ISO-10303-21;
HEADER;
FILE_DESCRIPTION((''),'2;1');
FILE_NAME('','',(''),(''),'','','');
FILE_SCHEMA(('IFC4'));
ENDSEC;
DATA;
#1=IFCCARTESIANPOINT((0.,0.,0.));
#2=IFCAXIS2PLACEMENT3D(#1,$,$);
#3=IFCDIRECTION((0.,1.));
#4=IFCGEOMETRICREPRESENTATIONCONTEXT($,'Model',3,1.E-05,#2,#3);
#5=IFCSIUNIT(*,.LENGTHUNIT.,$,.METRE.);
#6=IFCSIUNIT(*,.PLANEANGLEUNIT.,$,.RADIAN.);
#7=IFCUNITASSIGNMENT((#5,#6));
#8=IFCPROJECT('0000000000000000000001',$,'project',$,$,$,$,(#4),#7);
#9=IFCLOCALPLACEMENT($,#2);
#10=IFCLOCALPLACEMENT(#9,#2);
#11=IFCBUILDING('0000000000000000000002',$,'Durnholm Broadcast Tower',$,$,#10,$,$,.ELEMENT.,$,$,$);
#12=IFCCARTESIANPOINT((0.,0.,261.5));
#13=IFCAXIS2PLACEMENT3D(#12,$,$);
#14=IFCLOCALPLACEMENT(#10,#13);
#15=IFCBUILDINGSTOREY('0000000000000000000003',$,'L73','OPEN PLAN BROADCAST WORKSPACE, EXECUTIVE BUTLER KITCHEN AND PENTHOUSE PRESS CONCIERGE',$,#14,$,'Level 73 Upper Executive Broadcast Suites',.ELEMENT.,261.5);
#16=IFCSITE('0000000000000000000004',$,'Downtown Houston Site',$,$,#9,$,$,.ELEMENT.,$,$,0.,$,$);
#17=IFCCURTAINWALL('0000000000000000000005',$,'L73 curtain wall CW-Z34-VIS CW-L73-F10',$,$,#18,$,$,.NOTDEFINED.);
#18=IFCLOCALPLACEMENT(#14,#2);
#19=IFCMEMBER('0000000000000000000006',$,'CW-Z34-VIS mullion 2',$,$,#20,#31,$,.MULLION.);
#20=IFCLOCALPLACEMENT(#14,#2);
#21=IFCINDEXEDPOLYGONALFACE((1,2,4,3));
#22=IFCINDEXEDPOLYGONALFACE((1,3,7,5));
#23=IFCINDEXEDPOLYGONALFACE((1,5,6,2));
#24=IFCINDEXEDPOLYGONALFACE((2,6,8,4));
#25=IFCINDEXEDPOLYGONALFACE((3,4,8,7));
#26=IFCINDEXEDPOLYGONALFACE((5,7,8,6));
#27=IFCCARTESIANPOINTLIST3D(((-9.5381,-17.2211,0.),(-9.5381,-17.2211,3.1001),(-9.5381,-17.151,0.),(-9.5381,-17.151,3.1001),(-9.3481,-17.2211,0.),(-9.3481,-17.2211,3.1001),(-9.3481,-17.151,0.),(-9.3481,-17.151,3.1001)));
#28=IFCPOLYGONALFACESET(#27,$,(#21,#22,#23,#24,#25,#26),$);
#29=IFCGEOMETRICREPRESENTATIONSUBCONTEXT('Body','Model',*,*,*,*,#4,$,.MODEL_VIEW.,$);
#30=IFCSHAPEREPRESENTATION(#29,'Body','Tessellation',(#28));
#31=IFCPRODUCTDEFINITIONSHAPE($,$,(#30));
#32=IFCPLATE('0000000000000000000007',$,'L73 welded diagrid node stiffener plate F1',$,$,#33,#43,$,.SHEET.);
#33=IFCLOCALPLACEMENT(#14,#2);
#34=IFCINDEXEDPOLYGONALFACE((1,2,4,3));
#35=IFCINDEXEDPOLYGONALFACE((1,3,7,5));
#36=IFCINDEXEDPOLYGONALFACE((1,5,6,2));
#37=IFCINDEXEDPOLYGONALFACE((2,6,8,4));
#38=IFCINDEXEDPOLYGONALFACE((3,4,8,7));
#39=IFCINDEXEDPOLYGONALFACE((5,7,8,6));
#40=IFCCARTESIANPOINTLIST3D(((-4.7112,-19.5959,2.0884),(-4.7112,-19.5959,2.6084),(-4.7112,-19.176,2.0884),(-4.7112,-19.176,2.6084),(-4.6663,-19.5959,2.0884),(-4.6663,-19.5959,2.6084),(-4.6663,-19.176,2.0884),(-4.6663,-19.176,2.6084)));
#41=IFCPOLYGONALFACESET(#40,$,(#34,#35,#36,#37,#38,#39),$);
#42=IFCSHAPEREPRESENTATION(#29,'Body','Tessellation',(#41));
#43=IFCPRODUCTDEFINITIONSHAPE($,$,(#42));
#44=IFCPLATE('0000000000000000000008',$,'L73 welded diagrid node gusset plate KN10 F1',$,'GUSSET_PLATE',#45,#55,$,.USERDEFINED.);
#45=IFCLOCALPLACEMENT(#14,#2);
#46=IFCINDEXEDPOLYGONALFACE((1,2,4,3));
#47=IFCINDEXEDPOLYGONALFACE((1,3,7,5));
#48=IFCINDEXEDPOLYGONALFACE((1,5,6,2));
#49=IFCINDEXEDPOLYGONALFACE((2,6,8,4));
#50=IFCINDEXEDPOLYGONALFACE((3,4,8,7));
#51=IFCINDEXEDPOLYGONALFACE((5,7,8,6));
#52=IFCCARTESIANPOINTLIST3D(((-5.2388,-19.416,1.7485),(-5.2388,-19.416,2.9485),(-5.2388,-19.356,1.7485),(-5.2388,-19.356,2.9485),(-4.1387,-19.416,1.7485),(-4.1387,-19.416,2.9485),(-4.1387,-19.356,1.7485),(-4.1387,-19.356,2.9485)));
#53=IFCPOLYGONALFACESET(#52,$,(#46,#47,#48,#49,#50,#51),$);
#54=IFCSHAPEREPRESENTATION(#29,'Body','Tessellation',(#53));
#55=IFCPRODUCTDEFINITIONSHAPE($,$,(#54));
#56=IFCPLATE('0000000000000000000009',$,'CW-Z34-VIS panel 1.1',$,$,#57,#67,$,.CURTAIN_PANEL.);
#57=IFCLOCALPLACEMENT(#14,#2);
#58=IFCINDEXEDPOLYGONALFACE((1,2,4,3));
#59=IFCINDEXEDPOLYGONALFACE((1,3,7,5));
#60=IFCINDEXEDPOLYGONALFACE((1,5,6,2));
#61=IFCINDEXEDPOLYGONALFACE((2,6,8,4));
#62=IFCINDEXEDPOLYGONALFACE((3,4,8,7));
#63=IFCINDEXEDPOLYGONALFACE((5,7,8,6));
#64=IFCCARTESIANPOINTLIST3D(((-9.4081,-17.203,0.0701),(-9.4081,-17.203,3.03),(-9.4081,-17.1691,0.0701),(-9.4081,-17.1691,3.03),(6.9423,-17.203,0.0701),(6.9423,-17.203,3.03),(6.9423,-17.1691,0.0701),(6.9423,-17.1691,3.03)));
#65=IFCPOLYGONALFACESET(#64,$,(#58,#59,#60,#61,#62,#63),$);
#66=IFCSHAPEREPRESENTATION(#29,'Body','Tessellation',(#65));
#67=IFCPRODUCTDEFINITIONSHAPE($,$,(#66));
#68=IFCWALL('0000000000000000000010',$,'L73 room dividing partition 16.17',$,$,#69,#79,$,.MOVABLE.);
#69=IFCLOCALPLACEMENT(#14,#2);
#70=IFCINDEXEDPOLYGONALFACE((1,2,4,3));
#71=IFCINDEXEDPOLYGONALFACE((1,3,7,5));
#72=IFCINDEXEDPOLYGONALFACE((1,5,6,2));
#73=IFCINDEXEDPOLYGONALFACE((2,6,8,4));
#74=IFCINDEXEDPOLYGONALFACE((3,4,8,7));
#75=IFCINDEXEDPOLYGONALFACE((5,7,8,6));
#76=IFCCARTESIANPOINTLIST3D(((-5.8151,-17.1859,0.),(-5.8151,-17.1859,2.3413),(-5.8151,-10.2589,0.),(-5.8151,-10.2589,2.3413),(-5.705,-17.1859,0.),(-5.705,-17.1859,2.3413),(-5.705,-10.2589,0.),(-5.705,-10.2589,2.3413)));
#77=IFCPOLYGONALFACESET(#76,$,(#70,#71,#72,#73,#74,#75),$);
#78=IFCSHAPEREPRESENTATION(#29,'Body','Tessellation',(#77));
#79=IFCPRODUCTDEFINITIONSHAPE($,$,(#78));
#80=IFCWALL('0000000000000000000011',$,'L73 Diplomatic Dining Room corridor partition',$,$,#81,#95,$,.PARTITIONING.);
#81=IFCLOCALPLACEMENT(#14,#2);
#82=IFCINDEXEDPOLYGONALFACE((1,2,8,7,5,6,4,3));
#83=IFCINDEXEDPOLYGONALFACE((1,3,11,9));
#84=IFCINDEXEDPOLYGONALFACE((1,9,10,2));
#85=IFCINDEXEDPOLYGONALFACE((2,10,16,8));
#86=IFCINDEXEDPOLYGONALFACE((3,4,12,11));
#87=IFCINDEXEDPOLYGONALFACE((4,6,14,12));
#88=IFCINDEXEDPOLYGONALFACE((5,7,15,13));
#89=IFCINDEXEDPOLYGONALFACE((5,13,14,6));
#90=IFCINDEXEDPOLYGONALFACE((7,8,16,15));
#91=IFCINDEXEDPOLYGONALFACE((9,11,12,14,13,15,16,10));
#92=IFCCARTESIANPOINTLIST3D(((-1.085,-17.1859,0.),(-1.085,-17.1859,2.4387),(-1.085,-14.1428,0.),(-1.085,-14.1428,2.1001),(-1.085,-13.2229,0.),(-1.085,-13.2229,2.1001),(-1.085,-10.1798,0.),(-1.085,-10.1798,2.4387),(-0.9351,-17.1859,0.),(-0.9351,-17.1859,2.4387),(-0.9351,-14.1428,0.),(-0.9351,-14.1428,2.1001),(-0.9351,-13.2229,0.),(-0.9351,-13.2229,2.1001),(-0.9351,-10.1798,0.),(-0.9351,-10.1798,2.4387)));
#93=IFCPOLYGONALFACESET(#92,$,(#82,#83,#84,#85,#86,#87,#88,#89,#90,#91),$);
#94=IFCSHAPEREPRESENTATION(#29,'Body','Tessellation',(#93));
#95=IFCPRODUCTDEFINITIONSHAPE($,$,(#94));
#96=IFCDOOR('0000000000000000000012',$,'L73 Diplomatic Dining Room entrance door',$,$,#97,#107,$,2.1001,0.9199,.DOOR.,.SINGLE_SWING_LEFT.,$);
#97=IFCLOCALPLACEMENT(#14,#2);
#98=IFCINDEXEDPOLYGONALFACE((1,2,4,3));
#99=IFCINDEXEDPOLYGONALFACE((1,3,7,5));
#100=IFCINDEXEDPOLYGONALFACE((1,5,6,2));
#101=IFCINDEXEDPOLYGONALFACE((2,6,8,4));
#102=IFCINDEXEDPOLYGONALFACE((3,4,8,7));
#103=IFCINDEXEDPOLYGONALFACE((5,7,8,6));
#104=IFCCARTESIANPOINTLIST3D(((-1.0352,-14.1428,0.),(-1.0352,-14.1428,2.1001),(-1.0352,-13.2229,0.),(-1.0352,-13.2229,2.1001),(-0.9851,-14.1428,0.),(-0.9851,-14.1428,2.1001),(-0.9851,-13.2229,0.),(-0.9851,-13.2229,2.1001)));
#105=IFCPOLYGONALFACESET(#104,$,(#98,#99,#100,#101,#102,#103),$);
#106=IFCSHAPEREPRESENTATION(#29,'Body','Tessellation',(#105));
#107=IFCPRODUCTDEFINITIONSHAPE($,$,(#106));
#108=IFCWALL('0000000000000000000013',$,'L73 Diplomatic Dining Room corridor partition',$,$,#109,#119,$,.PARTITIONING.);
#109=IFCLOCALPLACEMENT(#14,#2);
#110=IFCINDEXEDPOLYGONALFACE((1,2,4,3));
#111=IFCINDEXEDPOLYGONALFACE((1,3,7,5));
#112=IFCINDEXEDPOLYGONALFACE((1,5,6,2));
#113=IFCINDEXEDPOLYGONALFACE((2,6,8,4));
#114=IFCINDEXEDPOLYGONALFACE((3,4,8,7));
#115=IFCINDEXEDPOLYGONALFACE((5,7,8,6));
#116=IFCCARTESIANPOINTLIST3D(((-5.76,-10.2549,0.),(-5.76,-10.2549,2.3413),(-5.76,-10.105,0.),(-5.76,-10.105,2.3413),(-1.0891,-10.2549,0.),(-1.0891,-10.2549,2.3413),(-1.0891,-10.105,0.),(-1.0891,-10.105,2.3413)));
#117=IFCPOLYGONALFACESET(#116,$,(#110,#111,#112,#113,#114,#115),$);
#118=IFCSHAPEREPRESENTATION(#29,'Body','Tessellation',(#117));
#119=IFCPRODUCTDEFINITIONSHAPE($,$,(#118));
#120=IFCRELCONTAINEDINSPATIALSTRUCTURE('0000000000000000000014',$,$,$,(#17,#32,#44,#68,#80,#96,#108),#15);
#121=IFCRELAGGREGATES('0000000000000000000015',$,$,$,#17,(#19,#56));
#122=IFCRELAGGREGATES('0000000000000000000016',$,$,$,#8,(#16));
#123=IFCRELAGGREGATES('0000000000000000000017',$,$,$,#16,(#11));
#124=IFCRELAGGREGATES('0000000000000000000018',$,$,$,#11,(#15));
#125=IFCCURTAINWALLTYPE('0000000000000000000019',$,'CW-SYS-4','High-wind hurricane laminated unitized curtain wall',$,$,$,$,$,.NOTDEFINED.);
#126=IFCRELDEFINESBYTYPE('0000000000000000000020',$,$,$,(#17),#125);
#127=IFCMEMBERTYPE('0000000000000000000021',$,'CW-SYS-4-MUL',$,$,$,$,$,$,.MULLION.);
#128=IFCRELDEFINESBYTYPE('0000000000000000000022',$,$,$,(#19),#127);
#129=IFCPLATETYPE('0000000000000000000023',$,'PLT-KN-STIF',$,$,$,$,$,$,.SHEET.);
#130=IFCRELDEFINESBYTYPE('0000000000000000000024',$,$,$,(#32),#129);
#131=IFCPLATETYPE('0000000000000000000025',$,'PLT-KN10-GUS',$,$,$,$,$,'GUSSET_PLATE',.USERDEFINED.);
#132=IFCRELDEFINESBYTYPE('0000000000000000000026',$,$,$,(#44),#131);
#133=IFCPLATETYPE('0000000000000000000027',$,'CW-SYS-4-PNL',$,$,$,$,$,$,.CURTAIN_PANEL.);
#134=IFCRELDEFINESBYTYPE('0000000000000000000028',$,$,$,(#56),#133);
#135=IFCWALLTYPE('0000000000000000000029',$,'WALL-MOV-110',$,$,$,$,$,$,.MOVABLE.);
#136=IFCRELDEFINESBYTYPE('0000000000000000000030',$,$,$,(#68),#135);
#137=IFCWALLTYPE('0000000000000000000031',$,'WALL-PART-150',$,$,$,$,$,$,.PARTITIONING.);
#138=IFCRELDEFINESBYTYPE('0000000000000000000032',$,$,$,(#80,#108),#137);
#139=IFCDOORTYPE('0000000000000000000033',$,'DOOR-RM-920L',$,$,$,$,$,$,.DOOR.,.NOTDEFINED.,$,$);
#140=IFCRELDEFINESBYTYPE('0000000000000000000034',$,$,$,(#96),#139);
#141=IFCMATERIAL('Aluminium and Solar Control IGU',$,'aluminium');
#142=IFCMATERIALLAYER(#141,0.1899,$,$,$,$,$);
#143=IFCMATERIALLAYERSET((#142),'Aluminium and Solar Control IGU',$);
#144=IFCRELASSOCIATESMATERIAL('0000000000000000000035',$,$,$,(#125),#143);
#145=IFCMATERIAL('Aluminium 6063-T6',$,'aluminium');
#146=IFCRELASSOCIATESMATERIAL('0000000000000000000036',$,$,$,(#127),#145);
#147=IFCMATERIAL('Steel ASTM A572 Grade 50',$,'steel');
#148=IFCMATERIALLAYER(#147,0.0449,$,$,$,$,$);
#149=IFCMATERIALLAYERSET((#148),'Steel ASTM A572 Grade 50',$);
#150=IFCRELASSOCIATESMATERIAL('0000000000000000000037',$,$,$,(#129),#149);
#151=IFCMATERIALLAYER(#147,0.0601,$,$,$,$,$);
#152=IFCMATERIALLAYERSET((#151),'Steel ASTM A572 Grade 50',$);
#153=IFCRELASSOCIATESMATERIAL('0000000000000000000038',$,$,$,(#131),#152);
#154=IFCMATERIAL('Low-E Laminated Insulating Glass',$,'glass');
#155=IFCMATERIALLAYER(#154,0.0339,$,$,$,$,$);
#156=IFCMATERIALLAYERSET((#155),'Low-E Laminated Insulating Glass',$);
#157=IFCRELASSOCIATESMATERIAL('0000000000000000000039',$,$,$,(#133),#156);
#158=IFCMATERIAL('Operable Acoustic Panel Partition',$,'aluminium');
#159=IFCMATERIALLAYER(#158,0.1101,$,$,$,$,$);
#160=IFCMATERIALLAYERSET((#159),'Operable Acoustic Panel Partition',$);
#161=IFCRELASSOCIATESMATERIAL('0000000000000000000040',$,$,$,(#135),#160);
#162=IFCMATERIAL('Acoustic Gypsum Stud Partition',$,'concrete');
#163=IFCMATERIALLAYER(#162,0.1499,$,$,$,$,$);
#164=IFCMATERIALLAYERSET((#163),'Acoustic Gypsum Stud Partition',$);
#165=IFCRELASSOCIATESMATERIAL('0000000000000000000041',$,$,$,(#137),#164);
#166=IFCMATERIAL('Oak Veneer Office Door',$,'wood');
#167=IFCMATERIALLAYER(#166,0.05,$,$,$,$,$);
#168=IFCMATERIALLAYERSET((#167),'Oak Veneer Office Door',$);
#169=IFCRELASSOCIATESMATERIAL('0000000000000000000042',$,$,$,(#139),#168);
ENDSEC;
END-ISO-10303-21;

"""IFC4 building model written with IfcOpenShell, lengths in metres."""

from ifc_helpers import new_model, si_unit, direction, frame, frame_2d, origin, origin_2d, place, context, subcontext, project, spatial, rectangle, extrude, source, transform, mapped, material, layer, layer_set, material_profile, profile_set, type_object, type_shapes, element, fill, aggregate, save


model = new_model("IFC4")

# Units and contexts
model_context = context("Model", 3, precision=1e-05, world=origin(), true_north=direction((0.0, 1.0)))
body_context = subcontext(model_context, "Body", "Model", "MODEL_VIEW")
ifc_project = project(units=[si_unit("LENGTHUNIT", "METRE"), si_unit("PLANEANGLEUNIT", "RADIAN")], contexts=[model_context])

# Site, building, storey
site_placement = place(None, origin())
site = spatial("IfcSite", under=ifc_project, at=site_placement, Name="Downtown Houston Site", CompositionType="ELEMENT", RefElevation=0.0)
building_placement = place(site_placement, origin())
building = spatial("IfcBuilding", under=site, at=building_placement, Name="Durnholm Broadcast Tower", CompositionType="ELEMENT")
storey_placement = place(building_placement, frame((0.0, 0.0, 261.5)))
storey = spatial("IfcBuildingStorey", under=building, at=storey_placement, Name="L73", Description="OPEN PLAN BROADCAST WORKSPACE, EXECUTIVE BUTLER KITCHEN AND PENTHOUSE PRESS CONCIERGE", LongName="Level 73 Upper Executive Broadcast Suites", CompositionType="ELEMENT", Elevation=261.5)

# Shared definitions
ifc_material_1 = material(Name="Aluminium and Solar Control IGU", Category="aluminium")
ifc_material_2 = material(Name="Aluminium 6063-T6", Category="aluminium")

# Curtain wall, member
ifc_layer_1 = layer(ifc_material_1, 0.1899)
ifc_layer_set_1 = layer_set([ifc_layer_1], Name="Aluminium and Solar Control IGU")
curtain_wall_type_1 = type_object("IfcCurtainWallType", Name="CW-SYS-4", Description="High-wind hurricane laminated unitized curtain wall", PredefinedType="NOTDEFINED", material=ifc_layer_set_1)
curtain_wall_1_placement = place(storey_placement, origin())
curtain_wall_1 = element("IfcCurtainWall", 1, at=curtain_wall_1_placement, inside=storey, type_object=curtain_wall_type_1, Name="L73 curtain wall CW-Z34-VIS CW-L73-F10", PredefinedType="NOTDEFINED")
ifc_material_profile_1 = material_profile(ifc_material_2, rectangle(XDim=0.0701, YDim=0.1899, at=origin_2d()), Name="CWM70X190")
ifc_profile_set_1 = profile_set([ifc_material_profile_1], Name="Aluminium 6063-T6")
member_type_1 = type_object("IfcMemberType", Name="CW-SYS-4-MUL", PredefinedType="MULLION", material=ifc_profile_set_1)
shared_shape_1 = source(origin(), body_context, "Body", "SweptSolid", [
    extrude(rectangle(XDim=0.0701, YDim=0.1899, at=origin_2d()), origin(), (0.0, 0.0, 1.0), 3.1001),
])
type_shapes(member_type_1, [shared_shape_1])
member_1_placement = place(storey_placement, frame((-9.4431, -17.186, 0.0), z_axis=(0.0, 0.0, 1.0), x_axis=(0.0, -1.0, 0.0)))
member_1 = element("IfcMember", 2, at=member_1_placement, type_object=member_type_1, Name="CW-Z34-VIS mullion 2", PredefinedType="MULLION", context=body_context, shape_type="MappedRepresentation", body=[
    mapped(shared_shape_1, transform((0.0, 0.0, 0.0), x_axis=(1.0, 0.0, 0.0), y_axis=(0.0, 1.0, 0.0), z_axis=(0.0, 0.0, 1.0), scale=1.0)),
])

# Plates
ifc_material_3 = material(Name="Steel ASTM A572 Grade 50", Category="steel")
ifc_layer_2 = layer(ifc_material_3, 0.0449)
ifc_layer_set_2 = layer_set([ifc_layer_2], Name="Steel ASTM A572 Grade 50")
plate_type_1 = type_object("IfcPlateType", Name="PLT-KN-STIF", PredefinedType="SHEET", material=ifc_layer_set_2)
shared_shape_2 = source(origin(), body_context, "Body", "SweptSolid", [
    extrude(rectangle(XDim=0.0449, YDim=0.4199, at=origin_2d()), origin(), (0.0, 0.0, 1.0), 0.52),
])
type_shapes(plate_type_1, [shared_shape_2])
plate_1_placement = place(storey_placement, frame((-4.6887, -19.386, 2.0884), z_axis=(0.0, 0.0, 1.0), x_axis=(1.0, 0.0, 0.0)))
element("IfcPlate", 3, at=plate_1_placement, inside=storey, type_object=plate_type_1, Name="L73 welded diagrid node stiffener plate F1", PredefinedType="SHEET", context=body_context, shape_type="MappedRepresentation", body=[
    mapped(shared_shape_2, transform((0.0, 0.0, 0.0), x_axis=(1.0, 0.0, 0.0), y_axis=(0.0, 1.0, 0.0), z_axis=(0.0, 0.0, 1.0), scale=1.0)),
])
ifc_layer_3 = layer(ifc_material_3, 0.0601)
ifc_layer_set_3 = layer_set([ifc_layer_3], Name="Steel ASTM A572 Grade 50")
plate_type_2 = type_object("IfcPlateType", Name="PLT-KN10-GUS", ElementType="GUSSET_PLATE", PredefinedType="USERDEFINED", material=ifc_layer_set_3)
shared_shape_3 = source(origin(), body_context, "Body", "SweptSolid", [
    extrude(rectangle(XDim=1.1001, YDim=0.0601, at=origin_2d()), origin(), (0.0, 0.0, 1.0), 1.2),
])
type_shapes(plate_type_2, [shared_shape_3])
plate_2_placement = place(storey_placement, frame((-4.6887, -19.386, 1.7485), z_axis=(0.0, 0.0, 1.0), x_axis=(1.0, 0.0, 0.0)))
element("IfcPlate", 4, at=plate_2_placement, inside=storey, type_object=plate_type_2, Name="L73 welded diagrid node gusset plate KN10 F1", ObjectType="GUSSET_PLATE", PredefinedType="USERDEFINED", context=body_context, shape_type="MappedRepresentation", body=[
    mapped(shared_shape_3, transform((0.0, 0.0, 0.0), x_axis=(1.0, 0.0, 0.0), y_axis=(0.0, 1.0, 0.0), z_axis=(0.0, 0.0, 1.0), scale=1.0)),
])

# Plate
ifc_material_4 = material(Name="Low-E Laminated Insulating Glass", Category="glass")
ifc_layer_4 = layer(ifc_material_4, 0.0339)
ifc_layer_set_4 = layer_set([ifc_layer_4], Name="Low-E Laminated Insulating Glass")
plate_type_3 = type_object("IfcPlateType", Name="CW-SYS-4-PNL", PredefinedType="CURTAIN_PANEL", material=ifc_layer_set_4)
shared_shape_4 = source(origin(), body_context, "Body", "SweptSolid", [
    extrude(rectangle(XDim=16.3503, YDim=0.0339, at=origin_2d()), origin(), (0.0, 0.0, 1.0), 2.96),
])
type_shapes(plate_type_3, [shared_shape_4])
plate_3_placement = place(storey_placement, frame((-1.2329, -17.186, 0.0701), z_axis=(0.0, 0.0, 1.0), x_axis=(-1.0, 0.0, 0.0)))
plate_3 = element("IfcPlate", 5, at=plate_3_placement, type_object=plate_type_3, Name="CW-Z34-VIS panel 1.1", PredefinedType="CURTAIN_PANEL", context=body_context, shape_type="MappedRepresentation", body=[
    mapped(shared_shape_4, transform((0.0, 0.0, 0.0), x_axis=(1.0, 0.0, 0.0), y_axis=(0.0, 1.0, 0.0), z_axis=(0.0, 0.0, 1.0), scale=1.0)),
])
aggregate(curtain_wall_1, [member_1, plate_3])

# Wall
ifc_material_5 = material(Name="Operable Acoustic Panel Partition", Category="aluminium")
ifc_layer_5 = layer(ifc_material_5, 0.1101)
ifc_layer_set_5 = layer_set([ifc_layer_5], Name="Operable Acoustic Panel Partition")
wall_type_1 = type_object("IfcWallType", Name="WALL-MOV-110", PredefinedType="MOVABLE", material=ifc_layer_set_5)
wall_1_placement = place(storey_placement, frame((-5.76, -10.259, 0.0), z_axis=(0.0, 0.0, 1.0), x_axis=(0.0, -1.0, 0.0)))
element("IfcWall", 6, at=wall_1_placement, inside=storey, type_object=wall_type_1, Name="L73 room dividing partition 16.17", PredefinedType="MOVABLE", context=body_context, shape_type="SweptSolid", body=[
    extrude(rectangle(XDim=6.927, YDim=0.1101, at=frame_2d((3.4634, 0.0))), origin(), (0.0, 0.0, 1.0), 2.3413),
])

# Wall, opening, door
ifc_material_6 = material(Name="Acoustic Gypsum Stud Partition", Category="concrete")
ifc_layer_6 = layer(ifc_material_6, 0.1499)
ifc_layer_set_6 = layer_set([ifc_layer_6], Name="Acoustic Gypsum Stud Partition")
wall_type_2 = type_object("IfcWallType", Name="WALL-PART-150", PredefinedType="PARTITIONING", material=ifc_layer_set_6)
wall_2_placement = place(storey_placement, frame((-1.01, -10.1799, 0.0), z_axis=(0.0, 0.0, 1.0), x_axis=(0.0, -1.0, 0.0)))
wall_2 = element("IfcWall", 7, at=wall_2_placement, inside=storey, type_object=wall_type_2, Name="L73 Diplomatic Dining Room corridor partition", PredefinedType="PARTITIONING", context=body_context, shape_type="SweptSolid", body=[
    extrude(rectangle(XDim=7.0061, YDim=0.1499, at=frame_2d((3.5029, 0.0))), origin(), (0.0, 0.0, 1.0), 2.4387),
])
opening_placement = place(wall_2_placement, frame((3.043, 0.0, 0.0)))
opening = element("IfcOpeningElement", 8, at=opening_placement, cuts=wall_2, PredefinedType="OPENING", context=body_context, shape_type="SweptSolid", body=[
    extrude(rectangle(XDim=0.9199, YDim=2.1001, at=frame_2d((0.46, 1.05))), frame((0.0, 0.085, 0.0), z_axis=(0.0, -1.0, 0.0), x_axis=(1.0, 0.0, 0.0)), (0.0, 0.0, 1.0), 0.1699),
])
ifc_material_7 = material(Name="Oak Veneer Office Door", Category="wood")
ifc_layer_7 = layer(ifc_material_7, 0.05)
ifc_layer_set_7 = layer_set([ifc_layer_7], Name="Oak Veneer Office Door")
door_type = type_object("IfcDoorType", Name="DOOR-RM-920L", OperationType="NOTDEFINED", PredefinedType="DOOR", material=ifc_layer_set_7)
shared_shape_5 = source(origin(), body_context, "Body", "SweptSolid", [
    extrude(rectangle(XDim=0.9199, YDim=2.1001, at=frame_2d((0.46, 1.05))), frame((0.0, 0.0249, 0.0), z_axis=(0.0, -1.0, 0.0), x_axis=(1.0, 0.0, 0.0)), (0.0, 0.0, 1.0), 0.05),
])
type_shapes(door_type, [shared_shape_5])
door_placement = place(opening_placement, origin())
door = element("IfcDoor", 9, at=door_placement, inside=storey, type_object=door_type, Name="L73 Diplomatic Dining Room entrance door", OperationType="SINGLE_SWING_LEFT", OverallHeight=2.1001, OverallWidth=0.9199, PredefinedType="DOOR", context=body_context, shape_type="MappedRepresentation", body=[
    mapped(shared_shape_5, transform((0.0, 0.0, 0.0), x_axis=(1.0, 0.0, 0.0), y_axis=(0.0, 1.0, 0.0), z_axis=(0.0, 0.0, 1.0), scale=1.0)),
])
fill(opening, door)

# Wall
wall_3_placement = place(storey_placement, frame((-5.76, -10.1799, 0.0), z_axis=(0.0, 0.0, 1.0), x_axis=(1.0, 0.0, 0.0)))
element("IfcWall", 10, at=wall_3_placement, inside=storey, type_object=wall_type_2, Name="L73 Diplomatic Dining Room corridor partition", PredefinedType="PARTITIONING", context=body_context, shape_type="SweptSolid", body=[
    extrude(rectangle(XDim=4.6709, YDim=0.1499, at=frame_2d((2.3354, 0.0))), origin(), (0.0, 0.0, 1.0), 2.3413),
])

save(model, "model.ifc")
